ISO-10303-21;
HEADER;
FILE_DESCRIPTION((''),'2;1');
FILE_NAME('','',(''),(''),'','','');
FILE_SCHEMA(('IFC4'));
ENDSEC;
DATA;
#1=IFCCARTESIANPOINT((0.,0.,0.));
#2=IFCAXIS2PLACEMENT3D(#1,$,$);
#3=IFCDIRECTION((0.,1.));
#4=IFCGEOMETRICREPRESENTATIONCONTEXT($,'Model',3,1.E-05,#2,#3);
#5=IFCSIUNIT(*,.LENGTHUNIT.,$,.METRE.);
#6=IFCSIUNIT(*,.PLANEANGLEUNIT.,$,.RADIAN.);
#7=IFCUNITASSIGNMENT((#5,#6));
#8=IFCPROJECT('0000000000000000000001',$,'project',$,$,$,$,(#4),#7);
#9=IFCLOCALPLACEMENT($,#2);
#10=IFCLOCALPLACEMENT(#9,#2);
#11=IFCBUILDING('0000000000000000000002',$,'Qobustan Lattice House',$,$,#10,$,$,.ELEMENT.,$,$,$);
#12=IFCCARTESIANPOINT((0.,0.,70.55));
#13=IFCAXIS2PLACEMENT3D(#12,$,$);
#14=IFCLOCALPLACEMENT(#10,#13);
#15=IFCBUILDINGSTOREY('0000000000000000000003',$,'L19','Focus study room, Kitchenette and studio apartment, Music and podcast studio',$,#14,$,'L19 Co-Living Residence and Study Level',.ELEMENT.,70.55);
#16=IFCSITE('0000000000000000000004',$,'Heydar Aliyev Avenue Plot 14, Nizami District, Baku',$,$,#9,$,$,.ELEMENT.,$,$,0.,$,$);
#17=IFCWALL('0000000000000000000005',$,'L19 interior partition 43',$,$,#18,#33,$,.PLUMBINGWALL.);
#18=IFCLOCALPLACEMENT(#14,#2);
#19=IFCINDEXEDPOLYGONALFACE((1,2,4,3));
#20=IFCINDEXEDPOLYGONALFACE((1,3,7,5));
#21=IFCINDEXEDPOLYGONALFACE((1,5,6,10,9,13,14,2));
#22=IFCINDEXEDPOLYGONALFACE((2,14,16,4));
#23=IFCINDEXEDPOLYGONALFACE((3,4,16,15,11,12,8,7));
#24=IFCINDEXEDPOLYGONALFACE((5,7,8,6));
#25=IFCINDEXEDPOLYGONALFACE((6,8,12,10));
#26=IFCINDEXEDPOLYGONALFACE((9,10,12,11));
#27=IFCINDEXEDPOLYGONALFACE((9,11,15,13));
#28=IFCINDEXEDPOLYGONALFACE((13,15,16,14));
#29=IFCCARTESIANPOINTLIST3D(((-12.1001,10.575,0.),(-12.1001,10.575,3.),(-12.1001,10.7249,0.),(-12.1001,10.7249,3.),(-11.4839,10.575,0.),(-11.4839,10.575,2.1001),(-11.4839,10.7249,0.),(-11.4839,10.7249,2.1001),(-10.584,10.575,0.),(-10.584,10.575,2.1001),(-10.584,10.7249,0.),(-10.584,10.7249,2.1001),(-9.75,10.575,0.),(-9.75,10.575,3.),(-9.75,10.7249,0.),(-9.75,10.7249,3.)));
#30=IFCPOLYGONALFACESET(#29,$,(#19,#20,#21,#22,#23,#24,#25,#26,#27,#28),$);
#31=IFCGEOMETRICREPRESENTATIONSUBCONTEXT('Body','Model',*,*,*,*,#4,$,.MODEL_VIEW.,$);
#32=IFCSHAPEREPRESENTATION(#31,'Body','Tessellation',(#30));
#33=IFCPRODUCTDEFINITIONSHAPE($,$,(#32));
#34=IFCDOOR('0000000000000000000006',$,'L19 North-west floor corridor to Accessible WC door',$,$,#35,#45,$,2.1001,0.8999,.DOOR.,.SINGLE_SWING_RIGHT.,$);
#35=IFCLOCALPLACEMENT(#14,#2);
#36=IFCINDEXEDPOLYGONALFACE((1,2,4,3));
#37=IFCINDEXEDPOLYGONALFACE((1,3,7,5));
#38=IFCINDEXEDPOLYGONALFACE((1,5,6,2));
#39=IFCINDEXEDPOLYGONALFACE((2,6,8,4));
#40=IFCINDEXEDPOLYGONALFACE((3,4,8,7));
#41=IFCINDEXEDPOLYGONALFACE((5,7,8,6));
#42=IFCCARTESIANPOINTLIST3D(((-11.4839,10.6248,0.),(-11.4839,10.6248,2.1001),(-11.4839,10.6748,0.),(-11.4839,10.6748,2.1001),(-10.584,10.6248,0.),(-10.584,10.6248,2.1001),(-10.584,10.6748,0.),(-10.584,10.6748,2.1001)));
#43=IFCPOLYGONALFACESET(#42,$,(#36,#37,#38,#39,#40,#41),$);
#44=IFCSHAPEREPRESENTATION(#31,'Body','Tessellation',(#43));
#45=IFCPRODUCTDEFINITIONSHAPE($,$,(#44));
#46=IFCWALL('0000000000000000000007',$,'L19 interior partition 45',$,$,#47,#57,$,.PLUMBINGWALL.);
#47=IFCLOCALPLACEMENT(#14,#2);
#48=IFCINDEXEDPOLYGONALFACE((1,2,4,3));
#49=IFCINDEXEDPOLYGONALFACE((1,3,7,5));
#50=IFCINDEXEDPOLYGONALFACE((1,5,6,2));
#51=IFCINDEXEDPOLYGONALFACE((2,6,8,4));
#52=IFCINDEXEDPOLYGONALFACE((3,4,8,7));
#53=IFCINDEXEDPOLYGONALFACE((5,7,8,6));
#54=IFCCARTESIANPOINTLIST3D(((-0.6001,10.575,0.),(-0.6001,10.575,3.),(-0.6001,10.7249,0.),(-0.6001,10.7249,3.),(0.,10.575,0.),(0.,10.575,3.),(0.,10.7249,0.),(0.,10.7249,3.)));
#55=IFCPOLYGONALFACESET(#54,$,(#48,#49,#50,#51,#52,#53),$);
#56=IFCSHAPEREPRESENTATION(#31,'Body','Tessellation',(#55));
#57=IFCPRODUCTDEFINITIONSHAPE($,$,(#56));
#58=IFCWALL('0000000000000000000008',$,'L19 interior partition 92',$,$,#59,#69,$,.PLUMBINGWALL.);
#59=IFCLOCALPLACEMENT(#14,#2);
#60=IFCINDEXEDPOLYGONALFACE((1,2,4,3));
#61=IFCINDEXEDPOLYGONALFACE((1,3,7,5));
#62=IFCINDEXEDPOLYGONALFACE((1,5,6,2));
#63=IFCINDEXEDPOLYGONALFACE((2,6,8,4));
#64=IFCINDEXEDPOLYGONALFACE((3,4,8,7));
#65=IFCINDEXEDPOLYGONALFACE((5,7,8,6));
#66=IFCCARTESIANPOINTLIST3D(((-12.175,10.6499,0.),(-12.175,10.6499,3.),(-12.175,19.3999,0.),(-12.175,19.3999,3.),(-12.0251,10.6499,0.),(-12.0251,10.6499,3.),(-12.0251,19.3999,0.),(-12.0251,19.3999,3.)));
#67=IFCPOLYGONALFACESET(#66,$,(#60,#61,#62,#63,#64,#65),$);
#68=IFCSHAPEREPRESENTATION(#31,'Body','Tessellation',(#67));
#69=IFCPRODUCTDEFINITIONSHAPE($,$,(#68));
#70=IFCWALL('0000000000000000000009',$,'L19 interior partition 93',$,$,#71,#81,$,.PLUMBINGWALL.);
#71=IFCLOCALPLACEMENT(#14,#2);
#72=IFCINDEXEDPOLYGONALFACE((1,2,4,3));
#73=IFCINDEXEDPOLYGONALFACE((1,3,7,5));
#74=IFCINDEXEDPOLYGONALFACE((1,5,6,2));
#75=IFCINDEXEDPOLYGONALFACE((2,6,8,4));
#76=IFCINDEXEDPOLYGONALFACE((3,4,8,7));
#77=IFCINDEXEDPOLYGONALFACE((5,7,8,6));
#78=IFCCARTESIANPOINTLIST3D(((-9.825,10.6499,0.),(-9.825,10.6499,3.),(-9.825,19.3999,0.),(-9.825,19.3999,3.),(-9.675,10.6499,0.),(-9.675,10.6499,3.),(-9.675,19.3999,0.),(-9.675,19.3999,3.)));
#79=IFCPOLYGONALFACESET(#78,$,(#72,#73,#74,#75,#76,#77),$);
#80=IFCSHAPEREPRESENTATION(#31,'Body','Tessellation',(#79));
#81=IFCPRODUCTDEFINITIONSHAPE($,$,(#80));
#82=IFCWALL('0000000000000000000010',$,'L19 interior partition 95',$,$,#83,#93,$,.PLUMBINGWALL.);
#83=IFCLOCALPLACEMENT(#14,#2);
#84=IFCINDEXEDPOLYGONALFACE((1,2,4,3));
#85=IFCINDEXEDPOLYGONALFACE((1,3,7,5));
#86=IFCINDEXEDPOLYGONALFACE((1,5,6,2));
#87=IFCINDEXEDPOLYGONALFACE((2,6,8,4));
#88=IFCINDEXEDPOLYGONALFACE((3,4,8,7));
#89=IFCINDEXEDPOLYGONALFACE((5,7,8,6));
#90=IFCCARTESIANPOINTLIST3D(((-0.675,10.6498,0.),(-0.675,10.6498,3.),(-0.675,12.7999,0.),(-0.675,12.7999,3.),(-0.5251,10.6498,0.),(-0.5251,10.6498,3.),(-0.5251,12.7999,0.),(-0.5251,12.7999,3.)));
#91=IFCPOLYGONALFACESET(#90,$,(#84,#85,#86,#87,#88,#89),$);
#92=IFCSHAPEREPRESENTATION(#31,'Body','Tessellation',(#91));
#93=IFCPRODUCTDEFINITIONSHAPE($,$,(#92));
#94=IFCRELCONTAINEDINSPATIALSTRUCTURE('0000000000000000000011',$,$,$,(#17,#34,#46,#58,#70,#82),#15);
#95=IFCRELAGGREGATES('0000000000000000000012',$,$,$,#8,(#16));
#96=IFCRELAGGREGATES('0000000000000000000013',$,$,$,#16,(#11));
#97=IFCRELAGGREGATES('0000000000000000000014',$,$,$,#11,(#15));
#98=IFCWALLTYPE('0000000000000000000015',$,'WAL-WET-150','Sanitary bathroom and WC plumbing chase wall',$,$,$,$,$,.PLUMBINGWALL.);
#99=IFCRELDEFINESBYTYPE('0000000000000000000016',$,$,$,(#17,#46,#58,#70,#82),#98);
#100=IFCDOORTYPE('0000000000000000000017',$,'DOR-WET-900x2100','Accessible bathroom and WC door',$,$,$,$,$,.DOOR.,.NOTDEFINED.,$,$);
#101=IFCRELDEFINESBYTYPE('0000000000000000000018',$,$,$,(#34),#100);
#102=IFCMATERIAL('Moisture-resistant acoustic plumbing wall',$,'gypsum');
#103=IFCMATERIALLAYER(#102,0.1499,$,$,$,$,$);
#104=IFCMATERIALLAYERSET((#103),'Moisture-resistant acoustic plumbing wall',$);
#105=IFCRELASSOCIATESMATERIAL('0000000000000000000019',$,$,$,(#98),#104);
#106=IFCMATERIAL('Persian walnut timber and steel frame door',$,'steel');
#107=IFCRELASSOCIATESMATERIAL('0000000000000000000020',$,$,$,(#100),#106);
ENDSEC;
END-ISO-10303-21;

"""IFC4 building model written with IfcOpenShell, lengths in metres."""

from ifc_helpers import new_model, si_unit, direction, frame, frame_2d, origin, place, context, subcontext, project, spatial, rectangle, extrude, material, layer, layer_set, type_object, element, fill, save


model = new_model("IFC4")

# Units and contexts
model_context = context("Model", 3, precision=1e-05, world=origin(), true_north=direction((0.0, 1.0)))
body_context = subcontext(model_context, "Body", "Model", "MODEL_VIEW")
ifc_project = project(units=[si_unit("LENGTHUNIT", "METRE"), si_unit("PLANEANGLEUNIT", "RADIAN")], contexts=[model_context])

# Site, building, storey
site_placement = place(None, origin())
site = spatial("IfcSite", under=ifc_project, at=site_placement, Name="Heydar Aliyev Avenue Plot 14, Nizami District, Baku", CompositionType="ELEMENT", RefElevation=0.0)
building_placement = place(site_placement, origin())
building = spatial("IfcBuilding", under=site, at=building_placement, Name="Qobustan Lattice House", CompositionType="ELEMENT")
storey_placement = place(building_placement, frame((0.0, 0.0, 70.55)))
storey = spatial("IfcBuildingStorey", under=building, at=storey_placement, Name="L19", Description="Focus study room, Kitchenette and studio apartment, Music and podcast studio", LongName="L19 Co-Living Residence and Study Level", CompositionType="ELEMENT", Elevation=70.55)

# Wall, opening, door
ifc_material_1 = material(Name="Moisture-resistant acoustic plumbing wall", Category="gypsum")
ifc_layer_1 = layer(ifc_material_1, 0.1499)
ifc_layer_set_1 = layer_set([ifc_layer_1], Name="Moisture-resistant acoustic plumbing wall")
wall_type_1 = type_object("IfcWallType", Name="WAL-WET-150", Description="Sanitary bathroom and WC plumbing chase wall", PredefinedType="PLUMBINGWALL", material=ifc_layer_set_1)
wall_1_placement = place(storey_placement, frame((-12.1001, 10.6499, 0.0), z_axis=(0.0, 0.0, 1.0), x_axis=(1.0, 0.0, 0.0)))
wall_1 = element("IfcWall", 1, at=wall_1_placement, inside=storey, type_object=wall_type_1, Name="L19 interior partition 43", PredefinedType="PLUMBINGWALL", context=body_context, shape_type="SweptSolid", body=[
    extrude(rectangle(XDim=2.3501, YDim=0.1499, at=frame_2d((1.175, 0.0))), origin(), (0.0, 0.0, 1.0), 3.0),
])
opening_1_placement = place(wall_1_placement, frame((0.6162, 0.0, 0.0)))
opening_1 = element("IfcOpeningElement", 2, at=opening_1_placement, cuts=wall_1, PredefinedType="OPENING", context=body_context, shape_type="SweptSolid", body=[
    extrude(rectangle(XDim=0.8999, YDim=2.1001, at=frame_2d((0.45, 1.05))), frame((0.0, 0.085, 0.0), z_axis=(0.0, -1.0, 0.0), x_axis=(1.0, 0.0, 0.0)), (0.0, 0.0, 1.0), 0.1699),
])
ifc_material_2 = material(Name="Persian walnut timber and steel frame door", Category="steel")
door_type_1 = type_object("IfcDoorType", Name="DOR-WET-900x2100", Description="Accessible bathroom and WC door", OperationType="NOTDEFINED", PredefinedType="DOOR", material=ifc_material_2)
door_1_placement = place(opening_1_placement, origin())
door_1 = element("IfcDoor", 3, at=door_1_placement, inside=storey, type_object=door_type_1, Name="L19 North-west floor corridor to Accessible WC door", OperationType="SINGLE_SWING_RIGHT", OverallHeight=2.1001, OverallWidth=0.8999, PredefinedType="DOOR", context=body_context, shape_type="SweptSolid", body=[
    extrude(rectangle(XDim=0.8999, YDim=2.1001, at=frame_2d((0.45, 1.05))), frame((0.0, 0.0249, 0.0), z_axis=(0.0, -1.0, 0.0), x_axis=(1.0, 0.0, 0.0)), (0.0, 0.0, 1.0), 0.05),
])
fill(opening_1, door_1)

# Walls
wall_2_placement = place(storey_placement, frame((-0.6001, 10.6499, 0.0), z_axis=(0.0, 0.0, 1.0), x_axis=(1.0, 0.0, 0.0)))
element("IfcWall", 4, at=wall_2_placement, inside=storey, type_object=wall_type_1, Name="L19 interior partition 45", PredefinedType="PLUMBINGWALL", context=body_context, shape_type="SweptSolid", body=[
    extrude(rectangle(XDim=0.6001, YDim=0.1499, at=frame_2d((0.3, 0.0))), origin(), (0.0, 0.0, 1.0), 3.0),
])
for number, where, z_axis, x_axis, name in (
    (5, (-12.1001, 19.3999, 0.0), (0.0, 0.0, 1.0), (0.0, -1.0, 0.0), "L19 interior partition 92"),
    (6, (-9.75, 19.3999, 0.0), (0.0, 0.0, 1.0), (0.0, -1.0, 0.0), "L19 interior partition 93"),
):
    element("IfcWall", number, at=place(storey_placement, frame(where, z_axis=z_axis, x_axis=x_axis)), inside=storey, type_object=wall_type_1, Name=name, PredefinedType="PLUMBINGWALL", context=body_context, shape_type="SweptSolid", body=[
        extrude(rectangle(XDim=8.75, YDim=0.1499, at=frame_2d((4.375, 0.0))), origin(), (0.0, 0.0, 1.0), 3.0),
    ])
wall_3_placement = place(storey_placement, frame((-0.6001, 12.8, 0.0), z_axis=(0.0, 0.0, 1.0), x_axis=(0.0, -1.0, 0.0)))
element("IfcWall", 7, at=wall_3_placement, inside=storey, type_object=wall_type_1, Name="L19 interior partition 95", PredefinedType="PLUMBINGWALL", context=body_context, shape_type="SweptSolid", body=[
    extrude(rectangle(XDim=2.1501, YDim=0.1499, at=frame_2d((1.0752, 0.0))), origin(), (0.0, 0.0, 1.0), 3.0),
])

save(model, "model.ifc")
